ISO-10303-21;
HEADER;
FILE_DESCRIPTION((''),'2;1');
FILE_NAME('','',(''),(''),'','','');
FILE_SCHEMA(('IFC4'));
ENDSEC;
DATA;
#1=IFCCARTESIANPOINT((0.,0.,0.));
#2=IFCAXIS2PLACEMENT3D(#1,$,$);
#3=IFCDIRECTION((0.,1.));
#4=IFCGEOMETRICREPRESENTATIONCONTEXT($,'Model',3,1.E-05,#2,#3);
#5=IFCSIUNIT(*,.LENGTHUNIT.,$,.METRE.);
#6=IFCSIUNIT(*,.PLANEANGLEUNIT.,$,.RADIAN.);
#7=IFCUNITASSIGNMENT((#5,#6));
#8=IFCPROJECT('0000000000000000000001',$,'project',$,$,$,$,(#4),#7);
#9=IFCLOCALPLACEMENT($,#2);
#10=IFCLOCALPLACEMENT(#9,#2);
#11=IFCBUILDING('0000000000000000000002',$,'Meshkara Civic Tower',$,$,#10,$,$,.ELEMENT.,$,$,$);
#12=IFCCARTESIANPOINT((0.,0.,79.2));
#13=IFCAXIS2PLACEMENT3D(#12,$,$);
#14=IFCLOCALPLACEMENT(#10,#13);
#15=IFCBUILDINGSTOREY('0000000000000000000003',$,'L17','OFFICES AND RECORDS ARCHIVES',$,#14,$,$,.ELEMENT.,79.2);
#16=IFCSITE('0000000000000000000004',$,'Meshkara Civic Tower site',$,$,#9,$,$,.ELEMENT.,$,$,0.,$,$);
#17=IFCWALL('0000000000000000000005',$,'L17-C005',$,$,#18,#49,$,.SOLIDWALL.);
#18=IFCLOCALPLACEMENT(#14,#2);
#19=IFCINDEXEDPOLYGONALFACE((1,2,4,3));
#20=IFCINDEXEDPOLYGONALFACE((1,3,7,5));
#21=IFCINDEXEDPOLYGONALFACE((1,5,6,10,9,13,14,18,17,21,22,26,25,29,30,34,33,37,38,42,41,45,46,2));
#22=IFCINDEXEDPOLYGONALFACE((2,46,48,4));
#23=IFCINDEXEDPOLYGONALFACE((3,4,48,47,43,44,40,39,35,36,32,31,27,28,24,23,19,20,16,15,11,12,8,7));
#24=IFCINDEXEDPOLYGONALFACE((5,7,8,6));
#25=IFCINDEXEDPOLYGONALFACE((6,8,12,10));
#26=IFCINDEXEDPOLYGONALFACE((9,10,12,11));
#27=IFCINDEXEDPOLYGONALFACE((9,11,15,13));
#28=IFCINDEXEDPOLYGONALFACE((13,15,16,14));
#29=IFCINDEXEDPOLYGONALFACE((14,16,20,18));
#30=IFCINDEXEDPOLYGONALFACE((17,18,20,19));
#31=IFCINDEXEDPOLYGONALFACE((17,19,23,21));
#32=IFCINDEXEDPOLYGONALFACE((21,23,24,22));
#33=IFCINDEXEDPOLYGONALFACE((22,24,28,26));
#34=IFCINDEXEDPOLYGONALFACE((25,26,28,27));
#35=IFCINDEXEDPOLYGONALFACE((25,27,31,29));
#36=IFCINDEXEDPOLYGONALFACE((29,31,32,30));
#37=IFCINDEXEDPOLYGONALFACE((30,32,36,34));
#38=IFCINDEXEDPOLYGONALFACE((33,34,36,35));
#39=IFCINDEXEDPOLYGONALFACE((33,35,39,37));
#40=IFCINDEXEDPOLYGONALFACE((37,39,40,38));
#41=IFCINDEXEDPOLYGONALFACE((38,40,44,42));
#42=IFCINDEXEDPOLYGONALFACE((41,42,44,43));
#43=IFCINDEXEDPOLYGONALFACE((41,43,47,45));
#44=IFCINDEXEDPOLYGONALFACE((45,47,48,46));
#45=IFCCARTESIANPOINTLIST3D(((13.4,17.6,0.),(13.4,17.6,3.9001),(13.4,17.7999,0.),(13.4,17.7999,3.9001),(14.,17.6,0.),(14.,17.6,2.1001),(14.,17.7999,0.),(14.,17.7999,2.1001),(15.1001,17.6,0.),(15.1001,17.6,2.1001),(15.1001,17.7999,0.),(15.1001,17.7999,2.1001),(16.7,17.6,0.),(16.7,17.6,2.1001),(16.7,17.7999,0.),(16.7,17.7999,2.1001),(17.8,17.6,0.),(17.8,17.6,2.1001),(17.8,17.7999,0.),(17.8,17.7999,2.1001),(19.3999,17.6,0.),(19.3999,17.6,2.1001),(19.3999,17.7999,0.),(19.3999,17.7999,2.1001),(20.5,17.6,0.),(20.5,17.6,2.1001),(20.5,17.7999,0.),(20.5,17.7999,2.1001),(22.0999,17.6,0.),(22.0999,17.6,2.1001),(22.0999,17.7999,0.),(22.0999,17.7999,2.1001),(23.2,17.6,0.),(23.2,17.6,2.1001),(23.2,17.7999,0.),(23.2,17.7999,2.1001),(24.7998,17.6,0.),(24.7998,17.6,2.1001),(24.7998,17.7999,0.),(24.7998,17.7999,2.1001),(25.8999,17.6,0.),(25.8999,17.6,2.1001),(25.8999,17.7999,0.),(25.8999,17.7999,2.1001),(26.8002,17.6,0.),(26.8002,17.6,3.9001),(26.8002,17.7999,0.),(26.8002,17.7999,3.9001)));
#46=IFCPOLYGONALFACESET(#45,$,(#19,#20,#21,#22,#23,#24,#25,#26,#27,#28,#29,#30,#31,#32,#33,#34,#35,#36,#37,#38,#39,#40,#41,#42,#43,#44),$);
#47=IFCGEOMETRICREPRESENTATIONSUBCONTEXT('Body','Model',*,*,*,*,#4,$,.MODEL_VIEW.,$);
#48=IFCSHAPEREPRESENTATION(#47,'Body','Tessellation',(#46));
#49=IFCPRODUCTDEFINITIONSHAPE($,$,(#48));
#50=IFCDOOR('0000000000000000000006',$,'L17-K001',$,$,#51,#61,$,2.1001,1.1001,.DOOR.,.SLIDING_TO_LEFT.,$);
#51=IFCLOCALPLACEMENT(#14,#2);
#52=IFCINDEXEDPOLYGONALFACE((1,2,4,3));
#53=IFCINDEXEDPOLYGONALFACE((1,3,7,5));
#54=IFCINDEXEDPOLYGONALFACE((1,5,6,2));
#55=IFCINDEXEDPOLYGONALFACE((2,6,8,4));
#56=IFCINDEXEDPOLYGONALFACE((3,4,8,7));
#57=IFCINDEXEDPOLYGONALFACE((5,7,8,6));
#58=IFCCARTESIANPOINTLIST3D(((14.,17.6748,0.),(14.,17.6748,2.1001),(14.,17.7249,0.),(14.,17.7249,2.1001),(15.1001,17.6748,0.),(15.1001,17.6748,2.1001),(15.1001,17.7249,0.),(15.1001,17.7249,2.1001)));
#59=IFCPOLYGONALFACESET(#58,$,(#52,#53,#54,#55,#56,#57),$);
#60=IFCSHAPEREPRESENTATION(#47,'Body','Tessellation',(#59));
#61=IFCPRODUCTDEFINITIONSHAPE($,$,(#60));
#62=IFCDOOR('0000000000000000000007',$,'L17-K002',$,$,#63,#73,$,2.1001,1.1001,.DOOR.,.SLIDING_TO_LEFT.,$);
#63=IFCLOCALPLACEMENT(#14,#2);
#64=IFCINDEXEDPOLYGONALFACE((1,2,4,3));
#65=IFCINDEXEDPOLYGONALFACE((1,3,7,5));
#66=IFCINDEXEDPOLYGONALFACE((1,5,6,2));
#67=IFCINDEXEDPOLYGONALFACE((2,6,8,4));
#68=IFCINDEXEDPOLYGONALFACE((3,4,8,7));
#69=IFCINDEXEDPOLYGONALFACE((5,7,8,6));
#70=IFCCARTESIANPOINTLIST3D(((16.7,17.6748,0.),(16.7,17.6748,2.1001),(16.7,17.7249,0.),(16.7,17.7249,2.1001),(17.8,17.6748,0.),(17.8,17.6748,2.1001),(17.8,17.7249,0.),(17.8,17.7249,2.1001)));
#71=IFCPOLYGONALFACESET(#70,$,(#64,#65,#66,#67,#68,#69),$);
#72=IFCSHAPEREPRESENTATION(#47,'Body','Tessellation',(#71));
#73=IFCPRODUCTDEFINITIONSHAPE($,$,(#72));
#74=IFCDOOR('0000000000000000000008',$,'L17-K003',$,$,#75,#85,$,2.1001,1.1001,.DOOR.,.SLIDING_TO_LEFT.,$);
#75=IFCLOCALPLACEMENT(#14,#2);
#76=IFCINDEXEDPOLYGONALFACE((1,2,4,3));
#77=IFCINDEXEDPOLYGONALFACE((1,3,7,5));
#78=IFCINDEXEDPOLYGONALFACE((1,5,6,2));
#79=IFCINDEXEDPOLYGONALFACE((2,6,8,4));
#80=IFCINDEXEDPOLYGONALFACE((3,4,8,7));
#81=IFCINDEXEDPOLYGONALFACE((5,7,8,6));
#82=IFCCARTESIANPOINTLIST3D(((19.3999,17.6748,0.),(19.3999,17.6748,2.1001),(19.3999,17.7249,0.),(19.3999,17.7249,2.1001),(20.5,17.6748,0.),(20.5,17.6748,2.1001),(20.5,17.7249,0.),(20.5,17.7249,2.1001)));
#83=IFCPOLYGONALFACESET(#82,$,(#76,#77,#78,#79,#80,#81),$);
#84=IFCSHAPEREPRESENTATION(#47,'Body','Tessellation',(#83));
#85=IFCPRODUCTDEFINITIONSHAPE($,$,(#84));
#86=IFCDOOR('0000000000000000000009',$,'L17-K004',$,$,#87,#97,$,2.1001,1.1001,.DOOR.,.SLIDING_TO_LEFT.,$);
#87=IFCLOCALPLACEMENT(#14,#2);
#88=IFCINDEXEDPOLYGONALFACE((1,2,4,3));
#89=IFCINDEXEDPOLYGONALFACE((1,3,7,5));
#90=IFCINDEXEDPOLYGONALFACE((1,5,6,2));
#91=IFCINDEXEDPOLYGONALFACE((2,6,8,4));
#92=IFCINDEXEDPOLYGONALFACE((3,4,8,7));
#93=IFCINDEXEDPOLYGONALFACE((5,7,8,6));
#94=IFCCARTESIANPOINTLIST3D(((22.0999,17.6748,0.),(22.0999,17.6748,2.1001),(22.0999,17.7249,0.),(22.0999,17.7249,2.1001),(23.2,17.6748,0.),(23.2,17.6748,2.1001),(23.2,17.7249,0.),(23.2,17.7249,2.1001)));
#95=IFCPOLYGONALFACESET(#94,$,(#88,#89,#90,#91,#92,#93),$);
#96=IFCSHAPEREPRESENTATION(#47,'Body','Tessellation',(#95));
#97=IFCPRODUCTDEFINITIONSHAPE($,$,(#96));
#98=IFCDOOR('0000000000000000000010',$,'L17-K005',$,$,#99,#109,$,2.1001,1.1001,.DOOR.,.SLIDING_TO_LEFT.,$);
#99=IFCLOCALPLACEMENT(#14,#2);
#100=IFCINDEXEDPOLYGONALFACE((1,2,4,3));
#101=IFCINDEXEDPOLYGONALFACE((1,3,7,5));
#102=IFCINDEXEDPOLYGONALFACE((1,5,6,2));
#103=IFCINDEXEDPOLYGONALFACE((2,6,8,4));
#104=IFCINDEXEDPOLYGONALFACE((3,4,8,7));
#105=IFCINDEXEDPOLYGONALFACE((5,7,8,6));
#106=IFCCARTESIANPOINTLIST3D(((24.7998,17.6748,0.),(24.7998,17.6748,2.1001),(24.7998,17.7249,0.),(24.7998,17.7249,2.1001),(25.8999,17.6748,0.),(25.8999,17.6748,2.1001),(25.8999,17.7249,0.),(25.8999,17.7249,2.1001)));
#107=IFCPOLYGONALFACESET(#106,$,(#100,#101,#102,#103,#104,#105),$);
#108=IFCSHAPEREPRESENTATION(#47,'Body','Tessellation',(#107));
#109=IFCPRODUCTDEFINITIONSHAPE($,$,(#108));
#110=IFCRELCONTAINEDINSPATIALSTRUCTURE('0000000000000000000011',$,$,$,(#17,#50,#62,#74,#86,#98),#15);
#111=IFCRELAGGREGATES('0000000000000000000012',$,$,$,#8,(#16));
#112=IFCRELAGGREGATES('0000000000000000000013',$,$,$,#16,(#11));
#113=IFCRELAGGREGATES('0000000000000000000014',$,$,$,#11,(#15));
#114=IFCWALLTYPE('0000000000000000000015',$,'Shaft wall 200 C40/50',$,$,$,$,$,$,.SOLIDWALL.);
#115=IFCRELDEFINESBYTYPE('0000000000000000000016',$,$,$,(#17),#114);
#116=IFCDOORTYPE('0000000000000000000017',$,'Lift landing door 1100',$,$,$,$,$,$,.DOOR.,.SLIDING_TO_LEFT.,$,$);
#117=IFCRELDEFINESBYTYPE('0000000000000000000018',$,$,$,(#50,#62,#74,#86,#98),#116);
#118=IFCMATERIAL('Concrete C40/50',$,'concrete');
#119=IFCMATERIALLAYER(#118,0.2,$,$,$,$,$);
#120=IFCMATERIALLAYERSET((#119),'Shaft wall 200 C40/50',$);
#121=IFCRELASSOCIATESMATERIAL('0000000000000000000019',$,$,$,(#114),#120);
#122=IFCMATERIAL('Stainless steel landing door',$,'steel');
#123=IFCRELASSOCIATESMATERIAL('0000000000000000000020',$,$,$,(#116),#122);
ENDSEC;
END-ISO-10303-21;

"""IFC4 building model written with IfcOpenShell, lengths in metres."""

from ifc_helpers import new_model, si_unit, direction, frame, frame_2d, origin, place, context, subcontext, project, spatial, rectangle, extrude, material, layer, layer_set, type_object, element, fill, save


model = new_model("IFC4")

# Units and contexts
model_context = context("Model", 3, precision=1e-05, world=origin(), true_north=direction((0.0, 1.0)))
body_context = subcontext(model_context, "Body", "Model", "MODEL_VIEW")
ifc_project = project(units=[si_unit("LENGTHUNIT", "METRE"), si_unit("PLANEANGLEUNIT", "RADIAN")], contexts=[model_context])

# Site, building, storey
site_placement = place(None, origin())
site = spatial("IfcSite", under=ifc_project, at=site_placement, Name="Meshkara Civic Tower site", CompositionType="ELEMENT", RefElevation=0.0)
building_placement = place(site_placement, origin())
building = spatial("IfcBuilding", under=site, at=building_placement, Name="Meshkara Civic Tower", CompositionType="ELEMENT")
storey_placement = place(building_placement, frame((0.0, 0.0, 79.2)))
storey = spatial("IfcBuildingStorey", under=building, at=storey_placement, Name="L17", Description="OFFICES AND RECORDS ARCHIVES", CompositionType="ELEMENT", Elevation=79.2)

# Wall, openings, doors
ifc_material_1 = material(Name="Concrete C40/50", Category="concrete")
ifc_layer_1 = layer(ifc_material_1, 0.2)
ifc_layer_set_1 = layer_set([ifc_layer_1], Name="Shaft wall 200 C40/50")
wall_type_1 = type_object("IfcWallType", Name="Shaft wall 200 C40/50", PredefinedType="SOLIDWALL", material=ifc_layer_set_1)
wall_1_placement = place(storey_placement, frame((13.3999, 17.7, 0.0), z_axis=(0.0, 0.0, 1.0), x_axis=(1.0, 0.0, 0.0)))
wall_1 = element("IfcWall", 1, at=wall_1_placement, inside=storey, type_object=wall_type_1, Name="L17-C005", PredefinedType="SOLIDWALL", context=body_context, shape_type="SweptSolid", body=[
    extrude(rectangle(XDim=13.4001, YDim=0.2, at=frame_2d((6.7002, 0.0))), origin(), (0.0, 0.0, 1.0), 3.9001),
])
opening_1_placement = place(wall_1_placement, frame((0.6001, 0.0, 0.0)))
opening_1 = element("IfcOpeningElement", 2, at=opening_1_placement, cuts=wall_1, PredefinedType="OPENING", context=body_context, shape_type="SweptSolid", body=[
    extrude(rectangle(XDim=1.1001, YDim=2.1001, at=frame_2d((0.55, 1.05))), frame((0.0, 0.1099, 0.0), z_axis=(0.0, -1.0, 0.0), x_axis=(1.0, 0.0, 0.0)), (0.0, 0.0, 1.0), 0.22),
])
opening_2_placement = place(wall_1_placement, frame((3.3, 0.0, 0.0)))
opening_2 = element("IfcOpeningElement", 3, at=opening_2_placement, cuts=wall_1, PredefinedType="OPENING", context=body_context, shape_type="SweptSolid", body=[
    extrude(rectangle(XDim=1.1001, YDim=2.1001, at=frame_2d((0.55, 1.05))), frame((0.0, 0.1099, 0.0), z_axis=(0.0, -1.0, 0.0), x_axis=(1.0, 0.0, 0.0)), (0.0, 0.0, 1.0), 0.22),
])
opening_3_placement = place(wall_1_placement, frame((6.0, 0.0, 0.0)))
opening_3 = element("IfcOpeningElement", 4, at=opening_3_placement, cuts=wall_1, PredefinedType="OPENING", context=body_context, shape_type="SweptSolid", body=[
    extrude(rectangle(XDim=1.1001, YDim=2.1001, at=frame_2d((0.55, 1.05))), frame((0.0, 0.1099, 0.0), z_axis=(0.0, -1.0, 0.0), x_axis=(1.0, 0.0, 0.0)), (0.0, 0.0, 1.0), 0.22),
])
opening_4_placement = place(wall_1_placement, frame((8.7, 0.0, 0.0)))
opening_4 = element("IfcOpeningElement", 5, at=opening_4_placement, cuts=wall_1, PredefinedType="OPENING", context=body_context, shape_type="SweptSolid", body=[
    extrude(rectangle(XDim=1.1001, YDim=2.1001, at=frame_2d((0.55, 1.05))), frame((0.0, 0.1099, 0.0), z_axis=(0.0, -1.0, 0.0), x_axis=(1.0, 0.0, 0.0)), (0.0, 0.0, 1.0), 0.22),
])
opening_5_placement = place(wall_1_placement, frame((11.3999, 0.0, 0.0)))
opening_5 = element("IfcOpeningElement", 6, at=opening_5_placement, cuts=wall_1, PredefinedType="OPENING", context=body_context, shape_type="SweptSolid", body=[
    extrude(rectangle(XDim=1.1001, YDim=2.1001, at=frame_2d((0.55, 1.05))), frame((0.0, 0.1099, 0.0), z_axis=(0.0, -1.0, 0.0), x_axis=(1.0, 0.0, 0.0)), (0.0, 0.0, 1.0), 0.22),
])
ifc_material_2 = material(Name="Stainless steel landing door", Category="steel")
door_type_1 = type_object("IfcDoorType", Name="Lift landing door 1100", OperationType="SLIDING_TO_LEFT", PredefinedType="DOOR", material=ifc_material_2)
door_1_placement = place(opening_1_placement, origin())
door_1 = element("IfcDoor", 7, at=door_1_placement, inside=storey, type_object=door_type_1, Name="L17-K001", OperationType="SLIDING_TO_LEFT", OverallHeight=2.1001, OverallWidth=1.1001, PredefinedType="DOOR", context=body_context, shape_type="SweptSolid", body=[
    extrude(rectangle(XDim=1.1001, YDim=2.1001, at=frame_2d((0.55, 1.05))), frame((0.0, 0.0249, 0.0), z_axis=(0.0, -1.0, 0.0), x_axis=(1.0, 0.0, 0.0)), (0.0, 0.0, 1.0), 0.05),
])
fill(opening_1, door_1)
door_2_placement = place(opening_2_placement, origin())
door_2 = element("IfcDoor", 8, at=door_2_placement, inside=storey, type_object=door_type_1, Name="L17-K002", OperationType="SLIDING_TO_LEFT", OverallHeight=2.1001, OverallWidth=1.1001, PredefinedType="DOOR", context=body_context, shape_type="SweptSolid", body=[
    extrude(rectangle(XDim=1.1001, YDim=2.1001, at=frame_2d((0.55, 1.05))), frame((0.0, 0.0249, 0.0), z_axis=(0.0, -1.0, 0.0), x_axis=(1.0, 0.0, 0.0)), (0.0, 0.0, 1.0), 0.05),
])
fill(opening_2, door_2)
door_3_placement = place(opening_3_placement, origin())
door_3 = element("IfcDoor", 9, at=door_3_placement, inside=storey, type_object=door_type_1, Name="L17-K003", OperationType="SLIDING_TO_LEFT", OverallHeight=2.1001, OverallWidth=1.1001, PredefinedType="DOOR", context=body_context, shape_type="SweptSolid", body=[
    extrude(rectangle(XDim=1.1001, YDim=2.1001, at=frame_2d((0.55, 1.05))), frame((0.0, 0.0249, 0.0), z_axis=(0.0, -1.0, 0.0), x_axis=(1.0, 0.0, 0.0)), (0.0, 0.0, 1.0), 0.05),
])
fill(opening_3, door_3)
door_4_placement = place(opening_4_placement, origin())
door_4 = element("IfcDoor", 10, at=door_4_placement, inside=storey, type_object=door_type_1, Name="L17-K004", OperationType="SLIDING_TO_LEFT", OverallHeight=2.1001, OverallWidth=1.1001, PredefinedType="DOOR", context=body_context, shape_type="SweptSolid", body=[
    extrude(rectangle(XDim=1.1001, YDim=2.1001, at=frame_2d((0.55, 1.05))), frame((0.0, 0.0249, 0.0), z_axis=(0.0, -1.0, 0.0), x_axis=(1.0, 0.0, 0.0)), (0.0, 0.0, 1.0), 0.05),
])
fill(opening_4, door_4)
door_5_placement = place(opening_5_placement, origin())
door_5 = element("IfcDoor", 11, at=door_5_placement, inside=storey, type_object=door_type_1, Name="L17-K005", OperationType="SLIDING_TO_LEFT", OverallHeight=2.1001, OverallWidth=1.1001, PredefinedType="DOOR", context=body_context, shape_type="SweptSolid", body=[
    extrude(rectangle(XDim=1.1001, YDim=2.1001, at=frame_2d((0.55, 1.05))), frame((0.0, 0.0249, 0.0), z_axis=(0.0, -1.0, 0.0), x_axis=(1.0, 0.0, 0.0)), (0.0, 0.0, 1.0), 0.05),
])
fill(opening_5, door_5)

save(model, "model.ifc")
